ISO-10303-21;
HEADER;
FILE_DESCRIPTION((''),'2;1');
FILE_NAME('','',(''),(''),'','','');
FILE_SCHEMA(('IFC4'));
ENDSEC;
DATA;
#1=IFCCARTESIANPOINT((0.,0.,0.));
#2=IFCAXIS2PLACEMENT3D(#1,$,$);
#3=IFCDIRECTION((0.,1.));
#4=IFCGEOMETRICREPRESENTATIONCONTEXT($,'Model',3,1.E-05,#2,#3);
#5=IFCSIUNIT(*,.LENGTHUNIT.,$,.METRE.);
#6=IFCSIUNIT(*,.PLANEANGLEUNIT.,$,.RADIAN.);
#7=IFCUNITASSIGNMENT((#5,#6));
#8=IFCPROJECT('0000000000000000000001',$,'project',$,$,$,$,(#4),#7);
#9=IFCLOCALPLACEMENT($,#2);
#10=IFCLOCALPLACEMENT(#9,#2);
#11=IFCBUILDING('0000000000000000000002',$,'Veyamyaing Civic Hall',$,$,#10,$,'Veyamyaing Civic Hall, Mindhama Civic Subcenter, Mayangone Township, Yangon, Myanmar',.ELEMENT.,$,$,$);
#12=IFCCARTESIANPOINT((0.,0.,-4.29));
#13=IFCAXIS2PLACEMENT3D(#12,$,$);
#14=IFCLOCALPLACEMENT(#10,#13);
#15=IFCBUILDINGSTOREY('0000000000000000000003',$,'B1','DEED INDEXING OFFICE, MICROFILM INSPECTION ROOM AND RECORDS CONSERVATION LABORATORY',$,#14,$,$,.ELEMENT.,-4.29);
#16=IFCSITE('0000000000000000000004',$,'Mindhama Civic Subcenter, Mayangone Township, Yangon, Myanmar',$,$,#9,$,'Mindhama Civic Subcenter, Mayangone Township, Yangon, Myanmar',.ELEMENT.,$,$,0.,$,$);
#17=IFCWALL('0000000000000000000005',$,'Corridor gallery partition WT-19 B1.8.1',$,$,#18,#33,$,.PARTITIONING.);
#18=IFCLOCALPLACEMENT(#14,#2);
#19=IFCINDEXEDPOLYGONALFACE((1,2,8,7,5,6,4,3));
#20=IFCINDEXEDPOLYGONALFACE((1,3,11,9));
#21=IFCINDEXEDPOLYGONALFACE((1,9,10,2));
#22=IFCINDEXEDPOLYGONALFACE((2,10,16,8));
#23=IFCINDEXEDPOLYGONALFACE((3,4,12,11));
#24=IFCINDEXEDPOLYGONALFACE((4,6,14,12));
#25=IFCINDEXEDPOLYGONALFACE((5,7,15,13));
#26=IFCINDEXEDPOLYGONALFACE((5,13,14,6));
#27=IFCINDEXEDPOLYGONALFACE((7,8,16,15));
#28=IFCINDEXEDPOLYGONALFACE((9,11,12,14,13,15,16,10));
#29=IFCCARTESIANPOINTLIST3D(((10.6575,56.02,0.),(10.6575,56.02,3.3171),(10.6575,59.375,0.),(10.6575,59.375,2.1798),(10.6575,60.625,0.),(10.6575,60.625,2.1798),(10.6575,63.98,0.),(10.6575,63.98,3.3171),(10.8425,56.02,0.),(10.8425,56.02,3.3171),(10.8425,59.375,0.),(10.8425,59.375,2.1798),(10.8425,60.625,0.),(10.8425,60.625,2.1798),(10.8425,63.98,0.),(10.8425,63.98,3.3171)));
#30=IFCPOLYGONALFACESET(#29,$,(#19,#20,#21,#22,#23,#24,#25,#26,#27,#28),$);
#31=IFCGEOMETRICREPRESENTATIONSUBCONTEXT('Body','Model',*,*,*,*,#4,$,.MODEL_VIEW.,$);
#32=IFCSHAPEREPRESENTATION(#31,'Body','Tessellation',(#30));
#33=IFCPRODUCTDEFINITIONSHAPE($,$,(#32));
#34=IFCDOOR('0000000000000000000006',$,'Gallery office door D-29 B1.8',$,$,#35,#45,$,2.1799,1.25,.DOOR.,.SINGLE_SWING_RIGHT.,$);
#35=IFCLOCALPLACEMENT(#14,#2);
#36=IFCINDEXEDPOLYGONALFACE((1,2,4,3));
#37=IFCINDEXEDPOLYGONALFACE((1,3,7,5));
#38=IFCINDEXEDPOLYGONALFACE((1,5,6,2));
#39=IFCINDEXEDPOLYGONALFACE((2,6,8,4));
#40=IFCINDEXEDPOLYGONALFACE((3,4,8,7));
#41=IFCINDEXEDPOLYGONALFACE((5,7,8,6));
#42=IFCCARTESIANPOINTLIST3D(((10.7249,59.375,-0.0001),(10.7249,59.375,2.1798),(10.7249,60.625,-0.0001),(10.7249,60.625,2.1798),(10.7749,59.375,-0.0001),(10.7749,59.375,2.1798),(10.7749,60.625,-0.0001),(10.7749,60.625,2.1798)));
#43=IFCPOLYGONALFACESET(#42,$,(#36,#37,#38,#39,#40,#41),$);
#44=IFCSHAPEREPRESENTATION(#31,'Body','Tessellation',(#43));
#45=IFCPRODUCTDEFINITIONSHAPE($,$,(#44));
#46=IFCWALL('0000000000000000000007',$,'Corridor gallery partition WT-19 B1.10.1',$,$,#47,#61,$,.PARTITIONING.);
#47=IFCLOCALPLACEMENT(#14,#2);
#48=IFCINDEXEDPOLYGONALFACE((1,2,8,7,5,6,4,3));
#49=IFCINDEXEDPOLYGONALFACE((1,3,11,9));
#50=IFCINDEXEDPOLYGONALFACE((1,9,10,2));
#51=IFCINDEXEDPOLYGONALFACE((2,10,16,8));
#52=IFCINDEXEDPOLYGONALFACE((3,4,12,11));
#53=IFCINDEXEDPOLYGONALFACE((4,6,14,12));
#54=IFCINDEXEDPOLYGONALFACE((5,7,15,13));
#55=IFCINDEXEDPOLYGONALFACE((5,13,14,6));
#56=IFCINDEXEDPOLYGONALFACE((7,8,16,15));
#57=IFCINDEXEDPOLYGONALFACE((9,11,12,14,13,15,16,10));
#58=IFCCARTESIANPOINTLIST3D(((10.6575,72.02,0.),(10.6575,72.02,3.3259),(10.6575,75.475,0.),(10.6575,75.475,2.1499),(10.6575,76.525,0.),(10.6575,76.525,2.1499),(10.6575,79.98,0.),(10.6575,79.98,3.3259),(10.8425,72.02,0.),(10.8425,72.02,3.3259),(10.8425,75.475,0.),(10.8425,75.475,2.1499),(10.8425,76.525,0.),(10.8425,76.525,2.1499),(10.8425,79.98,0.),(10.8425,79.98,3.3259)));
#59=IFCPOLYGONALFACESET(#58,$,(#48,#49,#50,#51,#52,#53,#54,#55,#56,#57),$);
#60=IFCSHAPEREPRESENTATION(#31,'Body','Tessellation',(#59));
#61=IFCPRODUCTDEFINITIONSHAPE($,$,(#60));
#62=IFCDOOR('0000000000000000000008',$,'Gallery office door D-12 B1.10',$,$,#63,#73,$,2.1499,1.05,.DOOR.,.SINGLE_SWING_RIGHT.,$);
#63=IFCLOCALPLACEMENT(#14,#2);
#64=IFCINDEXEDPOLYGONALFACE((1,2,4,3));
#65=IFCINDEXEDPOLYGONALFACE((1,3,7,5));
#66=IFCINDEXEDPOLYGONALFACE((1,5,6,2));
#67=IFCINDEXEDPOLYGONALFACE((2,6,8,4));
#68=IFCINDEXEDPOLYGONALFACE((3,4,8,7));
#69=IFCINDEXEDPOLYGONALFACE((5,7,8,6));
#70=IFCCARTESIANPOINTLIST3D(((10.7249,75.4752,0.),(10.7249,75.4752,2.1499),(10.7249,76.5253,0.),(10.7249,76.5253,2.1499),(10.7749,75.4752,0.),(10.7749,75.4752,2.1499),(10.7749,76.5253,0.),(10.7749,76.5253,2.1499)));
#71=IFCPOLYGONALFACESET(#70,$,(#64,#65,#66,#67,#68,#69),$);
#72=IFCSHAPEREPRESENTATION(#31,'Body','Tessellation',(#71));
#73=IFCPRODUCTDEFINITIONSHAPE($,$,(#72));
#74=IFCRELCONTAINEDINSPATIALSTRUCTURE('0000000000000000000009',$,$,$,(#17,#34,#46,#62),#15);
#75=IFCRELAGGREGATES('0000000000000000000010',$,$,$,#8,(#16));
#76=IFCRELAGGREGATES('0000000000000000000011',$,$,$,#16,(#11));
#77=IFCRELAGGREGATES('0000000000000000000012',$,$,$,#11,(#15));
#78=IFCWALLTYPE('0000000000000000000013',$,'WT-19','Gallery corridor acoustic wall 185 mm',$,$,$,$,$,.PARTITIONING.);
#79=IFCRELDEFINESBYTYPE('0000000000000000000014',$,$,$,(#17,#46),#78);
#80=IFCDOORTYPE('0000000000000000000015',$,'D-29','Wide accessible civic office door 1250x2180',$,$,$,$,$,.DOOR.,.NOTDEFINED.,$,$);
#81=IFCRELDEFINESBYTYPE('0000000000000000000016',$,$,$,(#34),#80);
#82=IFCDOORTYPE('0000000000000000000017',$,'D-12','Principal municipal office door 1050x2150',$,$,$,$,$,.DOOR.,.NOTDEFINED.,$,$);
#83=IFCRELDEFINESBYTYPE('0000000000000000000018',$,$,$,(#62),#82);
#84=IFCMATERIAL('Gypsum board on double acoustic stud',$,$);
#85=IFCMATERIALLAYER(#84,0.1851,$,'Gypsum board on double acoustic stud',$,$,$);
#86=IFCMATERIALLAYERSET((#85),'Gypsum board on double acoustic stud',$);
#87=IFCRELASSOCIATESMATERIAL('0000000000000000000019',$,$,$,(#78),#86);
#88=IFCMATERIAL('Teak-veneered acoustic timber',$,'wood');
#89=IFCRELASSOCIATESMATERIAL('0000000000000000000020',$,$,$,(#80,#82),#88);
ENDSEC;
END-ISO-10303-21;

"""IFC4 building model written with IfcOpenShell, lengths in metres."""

from ifc_helpers import new_model, si_unit, direction, frame, frame_2d, origin, place, context, subcontext, project, spatial, rectangle, extrude, material, layer, layer_set, type_object, element, fill, save


model = new_model("IFC4")

# Units and contexts
model_context = context("Model", 3, precision=1e-05, world=origin(), true_north=direction((0.0, 1.0)))
body_context = subcontext(model_context, "Body", "Model", "MODEL_VIEW")
ifc_project = project(units=[si_unit("LENGTHUNIT", "METRE"), si_unit("PLANEANGLEUNIT", "RADIAN")], contexts=[model_context])

# Site, building, storey
site_placement = place(None, origin())
site = spatial("IfcSite", under=ifc_project, at=site_placement, Name="Mindhama Civic Subcenter, Mayangone Township, Yangon, Myanmar", LongName="Mindhama Civic Subcenter, Mayangone Township, Yangon, Myanmar", CompositionType="ELEMENT", RefElevation=0.0)
building_placement = place(site_placement, origin())
building = spatial("IfcBuilding", under=site, at=building_placement, Name="Veyamyaing Civic Hall", LongName="Veyamyaing Civic Hall, Mindhama Civic Subcenter, Mayangone Township, Yangon, Myanmar", CompositionType="ELEMENT")
storey_placement = place(building_placement, frame((0.0, 0.0, -4.29)))
storey = spatial("IfcBuildingStorey", under=building, at=storey_placement, Name="B1", Description="DEED INDEXING OFFICE, MICROFILM INSPECTION ROOM AND RECORDS CONSERVATION LABORATORY", CompositionType="ELEMENT", Elevation=-4.29)

# Shared definitions
ifc_material_1 = material(Name="Teak-veneered acoustic timber", Category="wood")

# Walls, openings, doors
ifc_material_2 = material(Name="Gypsum board on double acoustic stud")
ifc_layer_1 = layer(ifc_material_2, 0.1851, Name="Gypsum board on double acoustic stud")
ifc_layer_set_1 = layer_set([ifc_layer_1], Name="Gypsum board on double acoustic stud")
wall_type_1 = type_object("IfcWallType", Name="WT-19", Description="Gallery corridor acoustic wall 185 mm", PredefinedType="PARTITIONING", material=ifc_layer_set_1)
wall_1_placement = place(storey_placement, frame((10.75, 56.02, 0.0), z_axis=(0.0, 0.0, 1.0), x_axis=(0.0, 1.0, 0.0)))
wall_1 = element("IfcWall", 1, at=wall_1_placement, inside=storey, type_object=wall_type_1, Name="Corridor gallery partition WT-19 B1.8.1", PredefinedType="PARTITIONING", context=body_context, shape_type="SweptSolid", body=[
    extrude(rectangle(XDim=7.96, YDim=0.1851, at=frame_2d((3.98, 0.0))), origin(), (0.0, 0.0, 1.0), 3.3171),
])
opening_1_placement = place(wall_1_placement, frame((3.355, 0.0, 0.0)))
opening_1 = element("IfcOpeningElement", 2, at=opening_1_placement, cuts=wall_1, PredefinedType="OPENING", context=body_context, shape_type="SweptSolid", body=[
    extrude(rectangle(XDim=1.25, YDim=2.1799, at=frame_2d((0.625, 1.0898))), frame((0.0, 0.1025, 0.0), z_axis=(0.0, -1.0, 0.0), x_axis=(1.0, 0.0, 0.0)), (0.0, 0.0, 1.0), 0.2051),
])
door_type_1 = type_object("IfcDoorType", Name="D-29", Description="Wide accessible civic office door 1250x2180", OperationType="NOTDEFINED", PredefinedType="DOOR", material=ifc_material_1)
door_1_placement = place(opening_1_placement, frame((1.25, 0.0, 0.0), z_axis=(0.0, 0.0, 1.0), x_axis=(-1.0, 0.0, 0.0)))
door_1 = element("IfcDoor", 3, at=door_1_placement, inside=storey, type_object=door_type_1, Name="Gallery office door D-29 B1.8", OperationType="SINGLE_SWING_RIGHT", OverallHeight=2.1799, OverallWidth=1.25, PredefinedType="DOOR", context=body_context, shape_type="SweptSolid", body=[
    extrude(rectangle(XDim=1.25, YDim=2.1799, at=frame_2d((0.625, 1.0898))), frame((0.0, 0.0249, 0.0), z_axis=(0.0, -1.0, 0.0), x_axis=(1.0, 0.0, 0.0)), (0.0, 0.0, 1.0), 0.05),
])
fill(opening_1, door_1)
wall_2_placement = place(storey_placement, frame((10.75, 72.02, 0.0), z_axis=(0.0, 0.0, 1.0), x_axis=(0.0, 1.0, 0.0)))
wall_2 = element("IfcWall", 4, at=wall_2_placement, inside=storey, type_object=wall_type_1, Name="Corridor gallery partition WT-19 B1.10.1", PredefinedType="PARTITIONING", context=body_context, shape_type="SweptSolid", body=[
    extrude(rectangle(XDim=7.96, YDim=0.1851, at=frame_2d((3.98, 0.0))), origin(), (0.0, 0.0, 1.0), 3.3259),
])
opening_2_placement = place(wall_2_placement, frame((3.4551, 0.0, 0.0)))
opening_2 = element("IfcOpeningElement", 5, at=opening_2_placement, cuts=wall_2, PredefinedType="OPENING", context=body_context, shape_type="SweptSolid", body=[
    extrude(rectangle(XDim=1.05, YDim=2.1499, at=frame_2d((0.5249, 1.075))), frame((0.0, 0.1025, 0.0), z_axis=(0.0, -1.0, 0.0), x_axis=(1.0, 0.0, 0.0)), (0.0, 0.0, 1.0), 0.2051),
])
door_type_2 = type_object("IfcDoorType", Name="D-12", Description="Principal municipal office door 1050x2150", OperationType="NOTDEFINED", PredefinedType="DOOR", material=ifc_material_1)
door_2_placement = place(opening_2_placement, frame((1.05, 0.0, 0.0), z_axis=(0.0, 0.0, 1.0), x_axis=(-1.0, 0.0, 0.0)))
door_2 = element("IfcDoor", 6, at=door_2_placement, inside=storey, type_object=door_type_2, Name="Gallery office door D-12 B1.10", OperationType="SINGLE_SWING_RIGHT", OverallHeight=2.1499, OverallWidth=1.05, PredefinedType="DOOR", context=body_context, shape_type="SweptSolid", body=[
    extrude(rectangle(XDim=1.05, YDim=2.1499, at=frame_2d((0.5249, 1.075))), frame((0.0, 0.0249, 0.0), z_axis=(0.0, -1.0, 0.0), x_axis=(1.0, 0.0, 0.0)), (0.0, 0.0, 1.0), 0.05),
])
fill(opening_2, door_2)

save(model, "model.ifc")
